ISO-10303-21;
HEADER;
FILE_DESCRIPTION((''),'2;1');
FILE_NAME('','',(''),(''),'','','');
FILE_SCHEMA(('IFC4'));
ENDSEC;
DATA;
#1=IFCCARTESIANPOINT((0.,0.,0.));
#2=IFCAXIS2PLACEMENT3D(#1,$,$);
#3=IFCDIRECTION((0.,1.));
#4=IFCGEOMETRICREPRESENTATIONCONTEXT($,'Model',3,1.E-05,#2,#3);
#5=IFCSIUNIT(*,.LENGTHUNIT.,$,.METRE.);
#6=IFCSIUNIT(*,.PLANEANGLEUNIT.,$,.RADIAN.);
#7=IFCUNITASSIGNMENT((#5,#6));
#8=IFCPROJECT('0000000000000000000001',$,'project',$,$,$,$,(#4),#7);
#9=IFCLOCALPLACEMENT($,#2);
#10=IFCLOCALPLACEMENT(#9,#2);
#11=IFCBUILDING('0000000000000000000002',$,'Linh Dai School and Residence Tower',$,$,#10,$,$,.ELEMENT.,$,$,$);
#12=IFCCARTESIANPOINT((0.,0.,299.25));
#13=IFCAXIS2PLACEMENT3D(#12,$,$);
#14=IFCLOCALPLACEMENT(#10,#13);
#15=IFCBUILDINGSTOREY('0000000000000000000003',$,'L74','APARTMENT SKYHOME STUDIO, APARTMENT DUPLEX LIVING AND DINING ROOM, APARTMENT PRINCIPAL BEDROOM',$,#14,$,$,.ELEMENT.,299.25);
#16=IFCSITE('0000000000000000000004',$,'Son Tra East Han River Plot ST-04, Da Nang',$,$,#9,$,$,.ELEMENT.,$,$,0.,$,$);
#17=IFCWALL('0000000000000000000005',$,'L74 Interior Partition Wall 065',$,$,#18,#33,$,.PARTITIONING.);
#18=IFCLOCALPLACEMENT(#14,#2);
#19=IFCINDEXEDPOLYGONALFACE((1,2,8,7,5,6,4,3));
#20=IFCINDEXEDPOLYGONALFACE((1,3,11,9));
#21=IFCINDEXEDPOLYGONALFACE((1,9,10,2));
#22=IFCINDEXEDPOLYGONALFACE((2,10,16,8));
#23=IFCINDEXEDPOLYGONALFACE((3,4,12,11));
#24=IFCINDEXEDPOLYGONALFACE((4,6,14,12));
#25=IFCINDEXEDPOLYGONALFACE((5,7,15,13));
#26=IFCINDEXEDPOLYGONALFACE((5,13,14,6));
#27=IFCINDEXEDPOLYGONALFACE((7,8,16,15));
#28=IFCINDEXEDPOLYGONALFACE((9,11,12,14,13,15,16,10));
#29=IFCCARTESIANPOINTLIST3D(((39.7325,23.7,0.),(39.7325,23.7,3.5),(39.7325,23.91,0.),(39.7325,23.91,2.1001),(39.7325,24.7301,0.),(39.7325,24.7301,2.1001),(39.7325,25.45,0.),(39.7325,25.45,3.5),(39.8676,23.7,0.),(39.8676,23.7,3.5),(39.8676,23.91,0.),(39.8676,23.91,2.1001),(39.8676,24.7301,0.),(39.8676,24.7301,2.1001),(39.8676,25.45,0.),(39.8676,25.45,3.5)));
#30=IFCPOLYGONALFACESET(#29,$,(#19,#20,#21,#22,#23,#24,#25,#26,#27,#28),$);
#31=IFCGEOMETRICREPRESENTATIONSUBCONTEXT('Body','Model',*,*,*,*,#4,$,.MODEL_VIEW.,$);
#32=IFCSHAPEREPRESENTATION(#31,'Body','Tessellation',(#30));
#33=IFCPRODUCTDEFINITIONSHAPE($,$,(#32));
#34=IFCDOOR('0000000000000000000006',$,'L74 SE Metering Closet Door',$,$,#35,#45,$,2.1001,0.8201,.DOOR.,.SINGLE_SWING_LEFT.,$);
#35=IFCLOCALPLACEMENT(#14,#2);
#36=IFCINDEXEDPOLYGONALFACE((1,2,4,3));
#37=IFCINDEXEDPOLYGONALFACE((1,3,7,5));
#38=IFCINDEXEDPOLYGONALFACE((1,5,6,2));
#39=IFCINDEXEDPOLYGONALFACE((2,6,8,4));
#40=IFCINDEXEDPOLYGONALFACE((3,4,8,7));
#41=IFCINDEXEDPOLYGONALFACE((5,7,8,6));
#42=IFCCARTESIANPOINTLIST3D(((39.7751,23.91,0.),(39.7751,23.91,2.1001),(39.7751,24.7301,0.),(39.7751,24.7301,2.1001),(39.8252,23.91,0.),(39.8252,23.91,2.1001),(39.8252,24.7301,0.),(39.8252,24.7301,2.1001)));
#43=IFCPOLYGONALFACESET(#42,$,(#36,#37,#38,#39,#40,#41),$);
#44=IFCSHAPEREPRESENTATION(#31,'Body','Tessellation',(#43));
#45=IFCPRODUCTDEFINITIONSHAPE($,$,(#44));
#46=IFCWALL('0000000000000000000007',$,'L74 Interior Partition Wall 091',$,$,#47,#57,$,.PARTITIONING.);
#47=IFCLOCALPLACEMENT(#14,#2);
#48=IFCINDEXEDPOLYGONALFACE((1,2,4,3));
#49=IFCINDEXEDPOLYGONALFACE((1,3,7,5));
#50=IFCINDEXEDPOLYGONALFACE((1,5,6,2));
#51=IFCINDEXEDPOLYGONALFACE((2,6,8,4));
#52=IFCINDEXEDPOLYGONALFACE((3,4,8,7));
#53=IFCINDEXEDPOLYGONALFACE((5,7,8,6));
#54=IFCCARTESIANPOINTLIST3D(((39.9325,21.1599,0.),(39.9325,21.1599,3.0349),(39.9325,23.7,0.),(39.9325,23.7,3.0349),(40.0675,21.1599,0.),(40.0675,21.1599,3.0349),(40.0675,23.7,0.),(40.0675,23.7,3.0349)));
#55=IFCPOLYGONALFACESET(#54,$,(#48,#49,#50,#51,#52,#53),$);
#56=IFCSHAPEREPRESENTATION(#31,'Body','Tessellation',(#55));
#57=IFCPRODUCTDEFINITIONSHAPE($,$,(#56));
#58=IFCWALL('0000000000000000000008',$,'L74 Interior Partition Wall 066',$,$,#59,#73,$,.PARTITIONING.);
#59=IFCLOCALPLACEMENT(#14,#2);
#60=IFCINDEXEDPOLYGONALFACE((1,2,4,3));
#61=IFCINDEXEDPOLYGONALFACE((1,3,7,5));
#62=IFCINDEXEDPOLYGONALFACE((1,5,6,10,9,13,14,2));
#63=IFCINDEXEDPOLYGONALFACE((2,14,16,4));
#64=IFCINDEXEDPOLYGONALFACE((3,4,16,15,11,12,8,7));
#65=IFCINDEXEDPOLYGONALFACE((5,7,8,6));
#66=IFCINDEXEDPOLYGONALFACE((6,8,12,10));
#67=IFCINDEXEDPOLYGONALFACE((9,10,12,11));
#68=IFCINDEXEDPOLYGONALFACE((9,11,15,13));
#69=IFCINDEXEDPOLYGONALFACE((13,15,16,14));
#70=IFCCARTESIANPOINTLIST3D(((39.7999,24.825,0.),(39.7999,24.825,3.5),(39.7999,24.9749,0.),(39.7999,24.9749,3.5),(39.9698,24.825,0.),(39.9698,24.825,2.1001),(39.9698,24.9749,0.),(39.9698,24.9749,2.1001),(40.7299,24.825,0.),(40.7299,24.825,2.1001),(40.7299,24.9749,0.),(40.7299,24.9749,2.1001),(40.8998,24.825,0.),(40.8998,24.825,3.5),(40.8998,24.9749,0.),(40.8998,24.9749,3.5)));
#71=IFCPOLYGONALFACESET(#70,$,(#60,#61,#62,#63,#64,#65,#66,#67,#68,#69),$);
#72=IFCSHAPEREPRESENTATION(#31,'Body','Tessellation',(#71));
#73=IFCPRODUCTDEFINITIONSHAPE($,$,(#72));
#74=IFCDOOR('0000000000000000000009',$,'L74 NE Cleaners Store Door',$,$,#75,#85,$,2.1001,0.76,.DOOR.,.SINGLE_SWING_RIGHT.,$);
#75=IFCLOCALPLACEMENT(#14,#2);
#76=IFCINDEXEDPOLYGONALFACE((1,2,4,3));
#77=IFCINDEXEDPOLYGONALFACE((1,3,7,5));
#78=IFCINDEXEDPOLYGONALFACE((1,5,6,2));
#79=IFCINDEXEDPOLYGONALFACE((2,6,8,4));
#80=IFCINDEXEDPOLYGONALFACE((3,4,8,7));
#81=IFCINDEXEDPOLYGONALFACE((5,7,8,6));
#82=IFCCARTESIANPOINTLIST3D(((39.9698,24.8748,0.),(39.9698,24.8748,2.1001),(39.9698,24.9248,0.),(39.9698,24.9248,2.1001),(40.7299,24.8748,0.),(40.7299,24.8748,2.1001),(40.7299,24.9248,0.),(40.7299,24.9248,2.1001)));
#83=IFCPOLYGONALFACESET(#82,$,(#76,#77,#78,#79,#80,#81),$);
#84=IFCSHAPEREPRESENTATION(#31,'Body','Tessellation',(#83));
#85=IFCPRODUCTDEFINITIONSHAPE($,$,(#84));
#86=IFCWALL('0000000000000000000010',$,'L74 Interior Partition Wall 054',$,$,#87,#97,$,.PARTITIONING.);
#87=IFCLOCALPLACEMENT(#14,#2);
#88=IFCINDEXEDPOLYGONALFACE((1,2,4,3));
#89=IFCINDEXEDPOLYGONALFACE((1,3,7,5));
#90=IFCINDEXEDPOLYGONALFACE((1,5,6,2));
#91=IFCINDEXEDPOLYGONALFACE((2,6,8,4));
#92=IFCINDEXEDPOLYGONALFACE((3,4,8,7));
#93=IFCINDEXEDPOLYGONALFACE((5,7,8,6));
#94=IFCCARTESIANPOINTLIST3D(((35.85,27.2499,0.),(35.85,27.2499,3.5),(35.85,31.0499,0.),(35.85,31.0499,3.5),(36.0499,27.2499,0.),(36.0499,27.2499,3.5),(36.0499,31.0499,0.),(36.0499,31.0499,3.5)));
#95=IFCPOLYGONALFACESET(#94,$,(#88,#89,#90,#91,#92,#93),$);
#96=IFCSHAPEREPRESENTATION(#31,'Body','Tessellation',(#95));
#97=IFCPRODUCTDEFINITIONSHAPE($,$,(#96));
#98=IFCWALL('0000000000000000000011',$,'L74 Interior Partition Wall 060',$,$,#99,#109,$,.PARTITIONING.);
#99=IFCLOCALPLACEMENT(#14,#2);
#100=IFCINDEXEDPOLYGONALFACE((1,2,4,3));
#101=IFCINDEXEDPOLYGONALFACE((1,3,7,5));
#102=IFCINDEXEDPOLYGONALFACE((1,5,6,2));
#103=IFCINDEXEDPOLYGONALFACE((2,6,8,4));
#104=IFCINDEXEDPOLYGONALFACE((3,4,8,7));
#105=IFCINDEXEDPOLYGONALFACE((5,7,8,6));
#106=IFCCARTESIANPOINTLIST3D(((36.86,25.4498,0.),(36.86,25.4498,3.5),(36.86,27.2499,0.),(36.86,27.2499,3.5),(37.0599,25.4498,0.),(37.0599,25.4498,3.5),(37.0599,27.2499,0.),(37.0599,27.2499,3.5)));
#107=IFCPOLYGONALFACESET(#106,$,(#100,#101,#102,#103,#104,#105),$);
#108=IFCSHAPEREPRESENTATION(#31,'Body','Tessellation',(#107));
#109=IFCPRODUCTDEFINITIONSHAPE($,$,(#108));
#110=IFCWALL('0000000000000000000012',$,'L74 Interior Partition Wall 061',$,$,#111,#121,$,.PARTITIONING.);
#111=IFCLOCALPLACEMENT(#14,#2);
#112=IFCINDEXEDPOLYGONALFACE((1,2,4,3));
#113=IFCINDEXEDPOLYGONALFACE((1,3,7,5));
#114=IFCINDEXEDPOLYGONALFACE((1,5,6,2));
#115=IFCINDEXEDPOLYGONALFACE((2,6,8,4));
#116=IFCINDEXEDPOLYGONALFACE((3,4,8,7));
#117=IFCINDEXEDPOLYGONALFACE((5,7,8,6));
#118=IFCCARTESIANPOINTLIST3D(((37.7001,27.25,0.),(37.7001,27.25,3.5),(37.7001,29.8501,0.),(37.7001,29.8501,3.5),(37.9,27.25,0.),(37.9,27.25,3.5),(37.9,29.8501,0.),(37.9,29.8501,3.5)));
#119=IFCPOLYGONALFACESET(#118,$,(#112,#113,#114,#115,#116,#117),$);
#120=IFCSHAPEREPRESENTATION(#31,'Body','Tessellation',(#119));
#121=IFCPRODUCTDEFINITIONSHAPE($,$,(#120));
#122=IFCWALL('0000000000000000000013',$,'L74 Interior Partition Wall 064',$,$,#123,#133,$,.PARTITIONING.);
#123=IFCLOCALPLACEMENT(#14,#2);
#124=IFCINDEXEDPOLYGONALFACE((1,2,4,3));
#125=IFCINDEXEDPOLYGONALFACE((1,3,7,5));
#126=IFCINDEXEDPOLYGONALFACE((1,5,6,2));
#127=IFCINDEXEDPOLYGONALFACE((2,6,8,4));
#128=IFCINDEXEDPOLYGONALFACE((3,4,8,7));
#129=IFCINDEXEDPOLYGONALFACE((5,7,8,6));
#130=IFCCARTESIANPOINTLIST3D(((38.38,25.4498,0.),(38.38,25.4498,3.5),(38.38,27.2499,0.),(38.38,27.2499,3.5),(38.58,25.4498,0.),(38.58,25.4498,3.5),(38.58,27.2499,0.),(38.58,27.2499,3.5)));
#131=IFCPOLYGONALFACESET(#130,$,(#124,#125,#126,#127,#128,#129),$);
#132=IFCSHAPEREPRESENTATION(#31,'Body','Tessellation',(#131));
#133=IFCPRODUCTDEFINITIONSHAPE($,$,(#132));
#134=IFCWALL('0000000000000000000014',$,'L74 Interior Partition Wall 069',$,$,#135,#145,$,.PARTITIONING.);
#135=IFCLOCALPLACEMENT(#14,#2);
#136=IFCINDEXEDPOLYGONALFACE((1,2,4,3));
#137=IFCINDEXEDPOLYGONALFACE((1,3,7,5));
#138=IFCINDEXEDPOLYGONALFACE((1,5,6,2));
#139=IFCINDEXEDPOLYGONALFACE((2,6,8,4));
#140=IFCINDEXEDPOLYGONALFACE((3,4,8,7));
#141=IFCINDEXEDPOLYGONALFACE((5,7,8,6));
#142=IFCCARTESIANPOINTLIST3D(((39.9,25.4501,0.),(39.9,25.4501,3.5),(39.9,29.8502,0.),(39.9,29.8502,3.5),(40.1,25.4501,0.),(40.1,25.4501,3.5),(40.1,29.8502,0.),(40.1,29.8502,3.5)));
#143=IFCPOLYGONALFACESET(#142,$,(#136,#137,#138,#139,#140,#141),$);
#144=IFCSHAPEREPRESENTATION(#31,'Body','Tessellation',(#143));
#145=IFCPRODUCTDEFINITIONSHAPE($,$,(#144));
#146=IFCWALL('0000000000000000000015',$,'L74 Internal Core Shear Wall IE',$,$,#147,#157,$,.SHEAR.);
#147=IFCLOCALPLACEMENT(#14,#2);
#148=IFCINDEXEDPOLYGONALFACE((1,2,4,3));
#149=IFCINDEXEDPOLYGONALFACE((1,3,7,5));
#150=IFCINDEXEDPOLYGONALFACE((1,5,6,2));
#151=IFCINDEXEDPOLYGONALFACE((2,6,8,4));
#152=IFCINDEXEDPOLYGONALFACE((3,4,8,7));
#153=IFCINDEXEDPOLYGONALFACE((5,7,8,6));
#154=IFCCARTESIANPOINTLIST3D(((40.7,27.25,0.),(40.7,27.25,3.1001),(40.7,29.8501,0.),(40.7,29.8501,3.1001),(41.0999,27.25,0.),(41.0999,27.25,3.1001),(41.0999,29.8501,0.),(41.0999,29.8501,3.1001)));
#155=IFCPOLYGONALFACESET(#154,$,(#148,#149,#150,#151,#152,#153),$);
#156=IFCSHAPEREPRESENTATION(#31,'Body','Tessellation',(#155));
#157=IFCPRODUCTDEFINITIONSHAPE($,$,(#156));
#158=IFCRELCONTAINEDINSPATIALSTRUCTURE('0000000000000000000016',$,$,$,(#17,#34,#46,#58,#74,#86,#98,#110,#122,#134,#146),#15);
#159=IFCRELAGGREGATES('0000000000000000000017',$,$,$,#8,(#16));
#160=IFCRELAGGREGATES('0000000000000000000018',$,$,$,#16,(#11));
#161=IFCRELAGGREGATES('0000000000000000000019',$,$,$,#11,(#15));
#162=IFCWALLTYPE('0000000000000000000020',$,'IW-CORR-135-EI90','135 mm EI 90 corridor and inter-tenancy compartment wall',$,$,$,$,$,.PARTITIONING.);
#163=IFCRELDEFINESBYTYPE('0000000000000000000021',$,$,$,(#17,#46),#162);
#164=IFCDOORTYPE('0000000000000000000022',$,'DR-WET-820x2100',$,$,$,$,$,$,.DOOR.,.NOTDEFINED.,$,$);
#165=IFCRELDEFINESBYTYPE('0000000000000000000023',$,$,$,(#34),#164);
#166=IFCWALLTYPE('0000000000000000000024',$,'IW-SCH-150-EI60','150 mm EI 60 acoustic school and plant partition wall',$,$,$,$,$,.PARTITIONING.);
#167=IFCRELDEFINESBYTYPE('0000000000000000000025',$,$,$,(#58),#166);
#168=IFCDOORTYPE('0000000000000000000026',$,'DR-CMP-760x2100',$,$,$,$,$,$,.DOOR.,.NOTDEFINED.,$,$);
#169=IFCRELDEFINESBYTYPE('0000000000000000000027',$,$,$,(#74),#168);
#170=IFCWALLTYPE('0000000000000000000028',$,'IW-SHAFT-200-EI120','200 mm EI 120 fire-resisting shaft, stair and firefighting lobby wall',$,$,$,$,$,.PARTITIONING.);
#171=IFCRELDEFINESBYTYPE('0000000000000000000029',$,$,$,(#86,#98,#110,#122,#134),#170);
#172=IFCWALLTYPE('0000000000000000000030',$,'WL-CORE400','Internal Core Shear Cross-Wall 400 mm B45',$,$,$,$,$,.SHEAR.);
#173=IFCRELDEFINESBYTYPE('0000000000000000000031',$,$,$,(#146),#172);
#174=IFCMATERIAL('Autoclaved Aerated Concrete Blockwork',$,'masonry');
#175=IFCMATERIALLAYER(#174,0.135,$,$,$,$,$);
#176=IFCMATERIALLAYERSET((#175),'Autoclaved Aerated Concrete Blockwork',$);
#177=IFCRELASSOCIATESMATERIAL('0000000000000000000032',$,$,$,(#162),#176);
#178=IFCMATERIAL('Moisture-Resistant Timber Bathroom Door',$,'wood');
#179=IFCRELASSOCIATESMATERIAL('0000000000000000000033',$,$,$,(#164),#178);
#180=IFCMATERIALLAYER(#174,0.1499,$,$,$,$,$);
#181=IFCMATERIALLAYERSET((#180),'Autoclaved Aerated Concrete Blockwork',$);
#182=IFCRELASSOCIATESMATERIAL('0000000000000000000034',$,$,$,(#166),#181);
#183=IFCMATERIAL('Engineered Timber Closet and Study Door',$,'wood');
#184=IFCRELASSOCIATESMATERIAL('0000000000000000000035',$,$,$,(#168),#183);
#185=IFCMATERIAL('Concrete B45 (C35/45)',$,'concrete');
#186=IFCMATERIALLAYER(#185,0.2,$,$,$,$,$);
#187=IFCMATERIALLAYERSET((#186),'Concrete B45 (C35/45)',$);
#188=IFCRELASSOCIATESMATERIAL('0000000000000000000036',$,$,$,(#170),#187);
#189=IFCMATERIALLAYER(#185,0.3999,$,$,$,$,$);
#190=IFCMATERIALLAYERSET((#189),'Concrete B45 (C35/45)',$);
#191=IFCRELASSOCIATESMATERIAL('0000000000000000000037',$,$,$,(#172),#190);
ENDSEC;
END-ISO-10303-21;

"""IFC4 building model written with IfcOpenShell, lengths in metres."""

from ifc_helpers import new_model, si_unit, direction, frame, frame_2d, origin, origin_2d, place, context, subcontext, project, spatial, rectangle, extrude, source, transform, mapped, material, layer, layer_set, type_object, element, fill, save


model = new_model("IFC4")

# Units and contexts
model_context = context("Model", 3, precision=1e-05, world=origin(), true_north=direction((0.0, 1.0)))
body_context = subcontext(model_context, "Body", "Model", "MODEL_VIEW")
ifc_project = project(units=[si_unit("LENGTHUNIT", "METRE"), si_unit("PLANEANGLEUNIT", "RADIAN")], contexts=[model_context])

# Site, building, storey
site_placement = place(None, origin())
site = spatial("IfcSite", under=ifc_project, at=site_placement, Name="Son Tra East Han River Plot ST-04, Da Nang", CompositionType="ELEMENT", RefElevation=0.0)
building_placement = place(site_placement, origin())
building = spatial("IfcBuilding", under=site, at=building_placement, Name="Linh Dai School and Residence Tower", CompositionType="ELEMENT")
storey_placement = place(building_placement, frame((0.0, 0.0, 299.25)))
storey = spatial("IfcBuildingStorey", under=building, at=storey_placement, Name="L74", Description="APARTMENT SKYHOME STUDIO, APARTMENT DUPLEX LIVING AND DINING ROOM, APARTMENT PRINCIPAL BEDROOM", CompositionType="ELEMENT", Elevation=299.25)

# Wall, opening, door
ifc_material_1 = material(Name="Autoclaved Aerated Concrete Blockwork", Category="masonry")
ifc_layer_1 = layer(ifc_material_1, 0.135)
ifc_layer_set_1 = layer_set([ifc_layer_1], Name="Autoclaved Aerated Concrete Blockwork")
wall_type_1 = type_object("IfcWallType", Name="IW-CORR-135-EI90", Description="135 mm EI 90 corridor and inter-tenancy compartment wall", PredefinedType="PARTITIONING", material=ifc_layer_set_1)
wall_1_placement = place(storey_placement, frame((39.8, 23.7, 0.0), z_axis=(0.0, 0.0, 1.0), x_axis=(0.0, 1.0, 0.0)))
wall_1 = element("IfcWall", 1, at=wall_1_placement, inside=storey, type_object=wall_type_1, Name="L74 Interior Partition Wall 065", PredefinedType="PARTITIONING", context=body_context, shape_type="SweptSolid", body=[
    extrude(rectangle(XDim=1.75, YDim=0.135, at=frame_2d((0.875, 0.0))), origin(), (0.0, 0.0, 1.0), 3.5),
])
opening_1_placement = place(wall_1_placement, frame((0.21, 0.0, 0.0)))
opening_1 = element("IfcOpeningElement", 2, at=opening_1_placement, cuts=wall_1, PredefinedType="OPENING", context=body_context, shape_type="SweptSolid", body=[
    extrude(rectangle(XDim=0.8201, YDim=2.1001, at=origin_2d()), frame((0.4102, 0.0776, 1.05), z_axis=(0.0, -1.0, 0.0), x_axis=(1.0, 0.0, 0.0)), (0.0, 0.0, 1.0), 0.155),
])
ifc_material_2 = material(Name="Moisture-Resistant Timber Bathroom Door", Category="wood")
door_type_1 = type_object("IfcDoorType", Name="DR-WET-820x2100", OperationType="NOTDEFINED", PredefinedType="DOOR", material=ifc_material_2)
shared_shape_1 = source(origin(), body_context, "Body", "SweptSolid", [
    extrude(rectangle(XDim=0.8201, YDim=2.1001, at=origin_2d()), frame((0.4102, 0.0249, 1.05), z_axis=(0.0, -1.0, 0.0), x_axis=(1.0, 0.0, 0.0)), (0.0, 0.0, 1.0), 0.05),
])
door_1_placement = place(opening_1_placement, origin())
door_1 = element("IfcDoor", 3, at=door_1_placement, inside=storey, type_object=door_type_1, Name="L74 SE Metering Closet Door", OperationType="SINGLE_SWING_LEFT", OverallHeight=2.1001, OverallWidth=0.8201, PredefinedType="DOOR", context=body_context, shape_type="MappedRepresentation", body=[
    mapped(shared_shape_1, transform((0.0, 0.0, 0.0), x_axis=(1.0, 0.0, 0.0), y_axis=(0.0, 1.0, 0.0), z_axis=(0.0, 0.0, 1.0), scale=1.0)),
])
fill(opening_1, door_1)

# Wall
wall_2_placement = place(storey_placement, frame((40.0, 23.7, 0.0), z_axis=(0.0, 0.0, 1.0), x_axis=(0.0, -1.0, 0.0)))
element("IfcWall", 4, at=wall_2_placement, inside=storey, type_object=wall_type_1, Name="L74 Interior Partition Wall 091", PredefinedType="PARTITIONING", context=body_context, shape_type="SweptSolid", body=[
    extrude(rectangle(XDim=2.54, YDim=0.135, at=frame_2d((1.27, 0.0))), origin(), (0.0, 0.0, 1.0), 3.0349),
])

# Wall, opening, door
ifc_layer_2 = layer(ifc_material_1, 0.1499)
ifc_layer_set_2 = layer_set([ifc_layer_2], Name="Autoclaved Aerated Concrete Blockwork")
wall_type_2 = type_object("IfcWallType", Name="IW-SCH-150-EI60", Description="150 mm EI 60 acoustic school and plant partition wall", PredefinedType="PARTITIONING", material=ifc_layer_set_2)
wall_3_placement = place(storey_placement, frame((39.8, 24.8999, 0.0), z_axis=(0.0, 0.0, 1.0), x_axis=(1.0, 0.0, 0.0)))
wall_3 = element("IfcWall", 5, at=wall_3_placement, inside=storey, type_object=wall_type_2, Name="L74 Interior Partition Wall 066", PredefinedType="PARTITIONING", context=body_context, shape_type="SweptSolid", body=[
    extrude(rectangle(XDim=1.0999, YDim=0.1499, at=frame_2d((0.5498, 0.0))), origin(), (0.0, 0.0, 1.0), 3.5),
])
opening_2_placement = place(wall_3_placement, frame((0.1699, 0.0, 0.0)))
opening_2 = element("IfcOpeningElement", 6, at=opening_2_placement, cuts=wall_3, PredefinedType="OPENING", context=body_context, shape_type="SweptSolid", body=[
    extrude(rectangle(XDim=0.76, YDim=2.1001, at=origin_2d()), frame((0.3799, 0.085, 1.05), z_axis=(0.0, -1.0, 0.0), x_axis=(1.0, 0.0, 0.0)), (0.0, 0.0, 1.0), 0.1699),
])
ifc_material_3 = material(Name="Engineered Timber Closet and Study Door", Category="wood")
door_type_2 = type_object("IfcDoorType", Name="DR-CMP-760x2100", OperationType="NOTDEFINED", PredefinedType="DOOR", material=ifc_material_3)
shared_shape_2 = source(origin(), body_context, "Body", "SweptSolid", [
    extrude(rectangle(XDim=0.76, YDim=2.1001, at=origin_2d()), frame((0.3799, 0.0249, 1.05), z_axis=(0.0, -1.0, 0.0), x_axis=(1.0, 0.0, 0.0)), (0.0, 0.0, 1.0), 0.05),
])
door_2_placement = place(opening_2_placement, origin())
door_2 = element("IfcDoor", 7, at=door_2_placement, inside=storey, type_object=door_type_2, Name="L74 NE Cleaners Store Door", OperationType="SINGLE_SWING_RIGHT", OverallHeight=2.1001, OverallWidth=0.76, PredefinedType="DOOR", context=body_context, shape_type="MappedRepresentation", body=[
    mapped(shared_shape_2, transform((0.0, 0.0, 0.0), x_axis=(1.0, 0.0, 0.0), y_axis=(0.0, 1.0, 0.0), z_axis=(0.0, 0.0, 1.0), scale=1.0)),
])
fill(opening_2, door_2)

# Shared definitions
ifc_material_4 = material(Name="Concrete B45 (C35/45)", Category="concrete")
ifc_layer_3 = layer(ifc_material_4, 0.2)
ifc_layer_set_3 = layer_set([ifc_layer_3], Name="Concrete B45 (C35/45)")
wall_type_3 = type_object("IfcWallType", Name="IW-SHAFT-200-EI120", Description="200 mm EI 120 fire-resisting shaft, stair and firefighting lobby wall", PredefinedType="PARTITIONING", material=ifc_layer_set_3)

# Walls
wall_4_placement = place(storey_placement, frame((35.95, 27.25, 0.0), z_axis=(0.0, 0.0, 1.0), x_axis=(0.0, 1.0, 0.0)))
element("IfcWall", 8, at=wall_4_placement, inside=storey, type_object=wall_type_3, Name="L74 Interior Partition Wall 054", PredefinedType="PARTITIONING", context=body_context, shape_type="SweptSolid", body=[
    extrude(rectangle(XDim=3.8, YDim=0.2, at=frame_2d((1.8999, 0.0))), origin(), (0.0, 0.0, 1.0), 3.5),
])
wall_5_placement = place(storey_placement, frame((36.96, 25.45, 0.0), z_axis=(0.0, 0.0, 1.0), x_axis=(0.0, 1.0, 0.0)))
element("IfcWall", 9, at=wall_5_placement, inside=storey, type_object=wall_type_3, Name="L74 Interior Partition Wall 060", PredefinedType="PARTITIONING", context=body_context, shape_type="SweptSolid", body=[
    extrude(rectangle(XDim=1.8, YDim=0.2, at=frame_2d((0.8999, 0.0))), origin(), (0.0, 0.0, 1.0), 3.5),
])
wall_6_placement = place(storey_placement, frame((37.8, 27.25, 0.0), z_axis=(0.0, 0.0, 1.0), x_axis=(0.0, 1.0, 0.0)))
element("IfcWall", 10, at=wall_6_placement, inside=storey, type_object=wall_type_3, Name="L74 Interior Partition Wall 061", PredefinedType="PARTITIONING", context=body_context, shape_type="SweptSolid", body=[
    extrude(rectangle(XDim=2.6001, YDim=0.2, at=frame_2d((1.3, 0.0))), origin(), (0.0, 0.0, 1.0), 3.5),
])
wall_7_placement = place(storey_placement, frame((38.48, 25.45, 0.0), z_axis=(0.0, 0.0, 1.0), x_axis=(0.0, 1.0, 0.0)))
element("IfcWall", 11, at=wall_7_placement, inside=storey, type_object=wall_type_3, Name="L74 Interior Partition Wall 064", PredefinedType="PARTITIONING", context=body_context, shape_type="SweptSolid", body=[
    extrude(rectangle(XDim=1.8, YDim=0.2, at=frame_2d((0.8999, 0.0))), origin(), (0.0, 0.0, 1.0), 3.5),
])
wall_8_placement = place(storey_placement, frame((40.0, 25.45, 0.0), z_axis=(0.0, 0.0, 1.0), x_axis=(0.0, 1.0, 0.0)))
element("IfcWall", 12, at=wall_8_placement, inside=storey, type_object=wall_type_3, Name="L74 Interior Partition Wall 069", PredefinedType="PARTITIONING", context=body_context, shape_type="SweptSolid", body=[
    extrude(rectangle(XDim=4.4001, YDim=0.2, at=frame_2d((2.2002, 0.0))), origin(), (0.0, 0.0, 1.0), 3.5),
])
ifc_layer_4 = layer(ifc_material_4, 0.3999)
ifc_layer_set_4 = layer_set([ifc_layer_4], Name="Concrete B45 (C35/45)")
wall_type_4 = type_object("IfcWallType", Name="WL-CORE400", Description="Internal Core Shear Cross-Wall 400 mm B45", PredefinedType="SHEAR", material=ifc_layer_set_4)
wall_9_placement = place(storey_placement, frame((40.8999, 27.25, 0.0), z_axis=(0.0, 0.0, 1.0), x_axis=(0.0, 1.0, 0.0)))
element("IfcWall", 13, at=wall_9_placement, inside=storey, type_object=wall_type_4, Name="L74 Internal Core Shear Wall IE", PredefinedType="SHEAR", context=body_context, shape_type="SweptSolid", body=[
    extrude(rectangle(XDim=2.6001, YDim=0.3999, at=frame_2d((1.3, 0.0))), origin(), (0.0, 0.0, 1.0), 3.1001),
])

save(model, "model.ifc")
